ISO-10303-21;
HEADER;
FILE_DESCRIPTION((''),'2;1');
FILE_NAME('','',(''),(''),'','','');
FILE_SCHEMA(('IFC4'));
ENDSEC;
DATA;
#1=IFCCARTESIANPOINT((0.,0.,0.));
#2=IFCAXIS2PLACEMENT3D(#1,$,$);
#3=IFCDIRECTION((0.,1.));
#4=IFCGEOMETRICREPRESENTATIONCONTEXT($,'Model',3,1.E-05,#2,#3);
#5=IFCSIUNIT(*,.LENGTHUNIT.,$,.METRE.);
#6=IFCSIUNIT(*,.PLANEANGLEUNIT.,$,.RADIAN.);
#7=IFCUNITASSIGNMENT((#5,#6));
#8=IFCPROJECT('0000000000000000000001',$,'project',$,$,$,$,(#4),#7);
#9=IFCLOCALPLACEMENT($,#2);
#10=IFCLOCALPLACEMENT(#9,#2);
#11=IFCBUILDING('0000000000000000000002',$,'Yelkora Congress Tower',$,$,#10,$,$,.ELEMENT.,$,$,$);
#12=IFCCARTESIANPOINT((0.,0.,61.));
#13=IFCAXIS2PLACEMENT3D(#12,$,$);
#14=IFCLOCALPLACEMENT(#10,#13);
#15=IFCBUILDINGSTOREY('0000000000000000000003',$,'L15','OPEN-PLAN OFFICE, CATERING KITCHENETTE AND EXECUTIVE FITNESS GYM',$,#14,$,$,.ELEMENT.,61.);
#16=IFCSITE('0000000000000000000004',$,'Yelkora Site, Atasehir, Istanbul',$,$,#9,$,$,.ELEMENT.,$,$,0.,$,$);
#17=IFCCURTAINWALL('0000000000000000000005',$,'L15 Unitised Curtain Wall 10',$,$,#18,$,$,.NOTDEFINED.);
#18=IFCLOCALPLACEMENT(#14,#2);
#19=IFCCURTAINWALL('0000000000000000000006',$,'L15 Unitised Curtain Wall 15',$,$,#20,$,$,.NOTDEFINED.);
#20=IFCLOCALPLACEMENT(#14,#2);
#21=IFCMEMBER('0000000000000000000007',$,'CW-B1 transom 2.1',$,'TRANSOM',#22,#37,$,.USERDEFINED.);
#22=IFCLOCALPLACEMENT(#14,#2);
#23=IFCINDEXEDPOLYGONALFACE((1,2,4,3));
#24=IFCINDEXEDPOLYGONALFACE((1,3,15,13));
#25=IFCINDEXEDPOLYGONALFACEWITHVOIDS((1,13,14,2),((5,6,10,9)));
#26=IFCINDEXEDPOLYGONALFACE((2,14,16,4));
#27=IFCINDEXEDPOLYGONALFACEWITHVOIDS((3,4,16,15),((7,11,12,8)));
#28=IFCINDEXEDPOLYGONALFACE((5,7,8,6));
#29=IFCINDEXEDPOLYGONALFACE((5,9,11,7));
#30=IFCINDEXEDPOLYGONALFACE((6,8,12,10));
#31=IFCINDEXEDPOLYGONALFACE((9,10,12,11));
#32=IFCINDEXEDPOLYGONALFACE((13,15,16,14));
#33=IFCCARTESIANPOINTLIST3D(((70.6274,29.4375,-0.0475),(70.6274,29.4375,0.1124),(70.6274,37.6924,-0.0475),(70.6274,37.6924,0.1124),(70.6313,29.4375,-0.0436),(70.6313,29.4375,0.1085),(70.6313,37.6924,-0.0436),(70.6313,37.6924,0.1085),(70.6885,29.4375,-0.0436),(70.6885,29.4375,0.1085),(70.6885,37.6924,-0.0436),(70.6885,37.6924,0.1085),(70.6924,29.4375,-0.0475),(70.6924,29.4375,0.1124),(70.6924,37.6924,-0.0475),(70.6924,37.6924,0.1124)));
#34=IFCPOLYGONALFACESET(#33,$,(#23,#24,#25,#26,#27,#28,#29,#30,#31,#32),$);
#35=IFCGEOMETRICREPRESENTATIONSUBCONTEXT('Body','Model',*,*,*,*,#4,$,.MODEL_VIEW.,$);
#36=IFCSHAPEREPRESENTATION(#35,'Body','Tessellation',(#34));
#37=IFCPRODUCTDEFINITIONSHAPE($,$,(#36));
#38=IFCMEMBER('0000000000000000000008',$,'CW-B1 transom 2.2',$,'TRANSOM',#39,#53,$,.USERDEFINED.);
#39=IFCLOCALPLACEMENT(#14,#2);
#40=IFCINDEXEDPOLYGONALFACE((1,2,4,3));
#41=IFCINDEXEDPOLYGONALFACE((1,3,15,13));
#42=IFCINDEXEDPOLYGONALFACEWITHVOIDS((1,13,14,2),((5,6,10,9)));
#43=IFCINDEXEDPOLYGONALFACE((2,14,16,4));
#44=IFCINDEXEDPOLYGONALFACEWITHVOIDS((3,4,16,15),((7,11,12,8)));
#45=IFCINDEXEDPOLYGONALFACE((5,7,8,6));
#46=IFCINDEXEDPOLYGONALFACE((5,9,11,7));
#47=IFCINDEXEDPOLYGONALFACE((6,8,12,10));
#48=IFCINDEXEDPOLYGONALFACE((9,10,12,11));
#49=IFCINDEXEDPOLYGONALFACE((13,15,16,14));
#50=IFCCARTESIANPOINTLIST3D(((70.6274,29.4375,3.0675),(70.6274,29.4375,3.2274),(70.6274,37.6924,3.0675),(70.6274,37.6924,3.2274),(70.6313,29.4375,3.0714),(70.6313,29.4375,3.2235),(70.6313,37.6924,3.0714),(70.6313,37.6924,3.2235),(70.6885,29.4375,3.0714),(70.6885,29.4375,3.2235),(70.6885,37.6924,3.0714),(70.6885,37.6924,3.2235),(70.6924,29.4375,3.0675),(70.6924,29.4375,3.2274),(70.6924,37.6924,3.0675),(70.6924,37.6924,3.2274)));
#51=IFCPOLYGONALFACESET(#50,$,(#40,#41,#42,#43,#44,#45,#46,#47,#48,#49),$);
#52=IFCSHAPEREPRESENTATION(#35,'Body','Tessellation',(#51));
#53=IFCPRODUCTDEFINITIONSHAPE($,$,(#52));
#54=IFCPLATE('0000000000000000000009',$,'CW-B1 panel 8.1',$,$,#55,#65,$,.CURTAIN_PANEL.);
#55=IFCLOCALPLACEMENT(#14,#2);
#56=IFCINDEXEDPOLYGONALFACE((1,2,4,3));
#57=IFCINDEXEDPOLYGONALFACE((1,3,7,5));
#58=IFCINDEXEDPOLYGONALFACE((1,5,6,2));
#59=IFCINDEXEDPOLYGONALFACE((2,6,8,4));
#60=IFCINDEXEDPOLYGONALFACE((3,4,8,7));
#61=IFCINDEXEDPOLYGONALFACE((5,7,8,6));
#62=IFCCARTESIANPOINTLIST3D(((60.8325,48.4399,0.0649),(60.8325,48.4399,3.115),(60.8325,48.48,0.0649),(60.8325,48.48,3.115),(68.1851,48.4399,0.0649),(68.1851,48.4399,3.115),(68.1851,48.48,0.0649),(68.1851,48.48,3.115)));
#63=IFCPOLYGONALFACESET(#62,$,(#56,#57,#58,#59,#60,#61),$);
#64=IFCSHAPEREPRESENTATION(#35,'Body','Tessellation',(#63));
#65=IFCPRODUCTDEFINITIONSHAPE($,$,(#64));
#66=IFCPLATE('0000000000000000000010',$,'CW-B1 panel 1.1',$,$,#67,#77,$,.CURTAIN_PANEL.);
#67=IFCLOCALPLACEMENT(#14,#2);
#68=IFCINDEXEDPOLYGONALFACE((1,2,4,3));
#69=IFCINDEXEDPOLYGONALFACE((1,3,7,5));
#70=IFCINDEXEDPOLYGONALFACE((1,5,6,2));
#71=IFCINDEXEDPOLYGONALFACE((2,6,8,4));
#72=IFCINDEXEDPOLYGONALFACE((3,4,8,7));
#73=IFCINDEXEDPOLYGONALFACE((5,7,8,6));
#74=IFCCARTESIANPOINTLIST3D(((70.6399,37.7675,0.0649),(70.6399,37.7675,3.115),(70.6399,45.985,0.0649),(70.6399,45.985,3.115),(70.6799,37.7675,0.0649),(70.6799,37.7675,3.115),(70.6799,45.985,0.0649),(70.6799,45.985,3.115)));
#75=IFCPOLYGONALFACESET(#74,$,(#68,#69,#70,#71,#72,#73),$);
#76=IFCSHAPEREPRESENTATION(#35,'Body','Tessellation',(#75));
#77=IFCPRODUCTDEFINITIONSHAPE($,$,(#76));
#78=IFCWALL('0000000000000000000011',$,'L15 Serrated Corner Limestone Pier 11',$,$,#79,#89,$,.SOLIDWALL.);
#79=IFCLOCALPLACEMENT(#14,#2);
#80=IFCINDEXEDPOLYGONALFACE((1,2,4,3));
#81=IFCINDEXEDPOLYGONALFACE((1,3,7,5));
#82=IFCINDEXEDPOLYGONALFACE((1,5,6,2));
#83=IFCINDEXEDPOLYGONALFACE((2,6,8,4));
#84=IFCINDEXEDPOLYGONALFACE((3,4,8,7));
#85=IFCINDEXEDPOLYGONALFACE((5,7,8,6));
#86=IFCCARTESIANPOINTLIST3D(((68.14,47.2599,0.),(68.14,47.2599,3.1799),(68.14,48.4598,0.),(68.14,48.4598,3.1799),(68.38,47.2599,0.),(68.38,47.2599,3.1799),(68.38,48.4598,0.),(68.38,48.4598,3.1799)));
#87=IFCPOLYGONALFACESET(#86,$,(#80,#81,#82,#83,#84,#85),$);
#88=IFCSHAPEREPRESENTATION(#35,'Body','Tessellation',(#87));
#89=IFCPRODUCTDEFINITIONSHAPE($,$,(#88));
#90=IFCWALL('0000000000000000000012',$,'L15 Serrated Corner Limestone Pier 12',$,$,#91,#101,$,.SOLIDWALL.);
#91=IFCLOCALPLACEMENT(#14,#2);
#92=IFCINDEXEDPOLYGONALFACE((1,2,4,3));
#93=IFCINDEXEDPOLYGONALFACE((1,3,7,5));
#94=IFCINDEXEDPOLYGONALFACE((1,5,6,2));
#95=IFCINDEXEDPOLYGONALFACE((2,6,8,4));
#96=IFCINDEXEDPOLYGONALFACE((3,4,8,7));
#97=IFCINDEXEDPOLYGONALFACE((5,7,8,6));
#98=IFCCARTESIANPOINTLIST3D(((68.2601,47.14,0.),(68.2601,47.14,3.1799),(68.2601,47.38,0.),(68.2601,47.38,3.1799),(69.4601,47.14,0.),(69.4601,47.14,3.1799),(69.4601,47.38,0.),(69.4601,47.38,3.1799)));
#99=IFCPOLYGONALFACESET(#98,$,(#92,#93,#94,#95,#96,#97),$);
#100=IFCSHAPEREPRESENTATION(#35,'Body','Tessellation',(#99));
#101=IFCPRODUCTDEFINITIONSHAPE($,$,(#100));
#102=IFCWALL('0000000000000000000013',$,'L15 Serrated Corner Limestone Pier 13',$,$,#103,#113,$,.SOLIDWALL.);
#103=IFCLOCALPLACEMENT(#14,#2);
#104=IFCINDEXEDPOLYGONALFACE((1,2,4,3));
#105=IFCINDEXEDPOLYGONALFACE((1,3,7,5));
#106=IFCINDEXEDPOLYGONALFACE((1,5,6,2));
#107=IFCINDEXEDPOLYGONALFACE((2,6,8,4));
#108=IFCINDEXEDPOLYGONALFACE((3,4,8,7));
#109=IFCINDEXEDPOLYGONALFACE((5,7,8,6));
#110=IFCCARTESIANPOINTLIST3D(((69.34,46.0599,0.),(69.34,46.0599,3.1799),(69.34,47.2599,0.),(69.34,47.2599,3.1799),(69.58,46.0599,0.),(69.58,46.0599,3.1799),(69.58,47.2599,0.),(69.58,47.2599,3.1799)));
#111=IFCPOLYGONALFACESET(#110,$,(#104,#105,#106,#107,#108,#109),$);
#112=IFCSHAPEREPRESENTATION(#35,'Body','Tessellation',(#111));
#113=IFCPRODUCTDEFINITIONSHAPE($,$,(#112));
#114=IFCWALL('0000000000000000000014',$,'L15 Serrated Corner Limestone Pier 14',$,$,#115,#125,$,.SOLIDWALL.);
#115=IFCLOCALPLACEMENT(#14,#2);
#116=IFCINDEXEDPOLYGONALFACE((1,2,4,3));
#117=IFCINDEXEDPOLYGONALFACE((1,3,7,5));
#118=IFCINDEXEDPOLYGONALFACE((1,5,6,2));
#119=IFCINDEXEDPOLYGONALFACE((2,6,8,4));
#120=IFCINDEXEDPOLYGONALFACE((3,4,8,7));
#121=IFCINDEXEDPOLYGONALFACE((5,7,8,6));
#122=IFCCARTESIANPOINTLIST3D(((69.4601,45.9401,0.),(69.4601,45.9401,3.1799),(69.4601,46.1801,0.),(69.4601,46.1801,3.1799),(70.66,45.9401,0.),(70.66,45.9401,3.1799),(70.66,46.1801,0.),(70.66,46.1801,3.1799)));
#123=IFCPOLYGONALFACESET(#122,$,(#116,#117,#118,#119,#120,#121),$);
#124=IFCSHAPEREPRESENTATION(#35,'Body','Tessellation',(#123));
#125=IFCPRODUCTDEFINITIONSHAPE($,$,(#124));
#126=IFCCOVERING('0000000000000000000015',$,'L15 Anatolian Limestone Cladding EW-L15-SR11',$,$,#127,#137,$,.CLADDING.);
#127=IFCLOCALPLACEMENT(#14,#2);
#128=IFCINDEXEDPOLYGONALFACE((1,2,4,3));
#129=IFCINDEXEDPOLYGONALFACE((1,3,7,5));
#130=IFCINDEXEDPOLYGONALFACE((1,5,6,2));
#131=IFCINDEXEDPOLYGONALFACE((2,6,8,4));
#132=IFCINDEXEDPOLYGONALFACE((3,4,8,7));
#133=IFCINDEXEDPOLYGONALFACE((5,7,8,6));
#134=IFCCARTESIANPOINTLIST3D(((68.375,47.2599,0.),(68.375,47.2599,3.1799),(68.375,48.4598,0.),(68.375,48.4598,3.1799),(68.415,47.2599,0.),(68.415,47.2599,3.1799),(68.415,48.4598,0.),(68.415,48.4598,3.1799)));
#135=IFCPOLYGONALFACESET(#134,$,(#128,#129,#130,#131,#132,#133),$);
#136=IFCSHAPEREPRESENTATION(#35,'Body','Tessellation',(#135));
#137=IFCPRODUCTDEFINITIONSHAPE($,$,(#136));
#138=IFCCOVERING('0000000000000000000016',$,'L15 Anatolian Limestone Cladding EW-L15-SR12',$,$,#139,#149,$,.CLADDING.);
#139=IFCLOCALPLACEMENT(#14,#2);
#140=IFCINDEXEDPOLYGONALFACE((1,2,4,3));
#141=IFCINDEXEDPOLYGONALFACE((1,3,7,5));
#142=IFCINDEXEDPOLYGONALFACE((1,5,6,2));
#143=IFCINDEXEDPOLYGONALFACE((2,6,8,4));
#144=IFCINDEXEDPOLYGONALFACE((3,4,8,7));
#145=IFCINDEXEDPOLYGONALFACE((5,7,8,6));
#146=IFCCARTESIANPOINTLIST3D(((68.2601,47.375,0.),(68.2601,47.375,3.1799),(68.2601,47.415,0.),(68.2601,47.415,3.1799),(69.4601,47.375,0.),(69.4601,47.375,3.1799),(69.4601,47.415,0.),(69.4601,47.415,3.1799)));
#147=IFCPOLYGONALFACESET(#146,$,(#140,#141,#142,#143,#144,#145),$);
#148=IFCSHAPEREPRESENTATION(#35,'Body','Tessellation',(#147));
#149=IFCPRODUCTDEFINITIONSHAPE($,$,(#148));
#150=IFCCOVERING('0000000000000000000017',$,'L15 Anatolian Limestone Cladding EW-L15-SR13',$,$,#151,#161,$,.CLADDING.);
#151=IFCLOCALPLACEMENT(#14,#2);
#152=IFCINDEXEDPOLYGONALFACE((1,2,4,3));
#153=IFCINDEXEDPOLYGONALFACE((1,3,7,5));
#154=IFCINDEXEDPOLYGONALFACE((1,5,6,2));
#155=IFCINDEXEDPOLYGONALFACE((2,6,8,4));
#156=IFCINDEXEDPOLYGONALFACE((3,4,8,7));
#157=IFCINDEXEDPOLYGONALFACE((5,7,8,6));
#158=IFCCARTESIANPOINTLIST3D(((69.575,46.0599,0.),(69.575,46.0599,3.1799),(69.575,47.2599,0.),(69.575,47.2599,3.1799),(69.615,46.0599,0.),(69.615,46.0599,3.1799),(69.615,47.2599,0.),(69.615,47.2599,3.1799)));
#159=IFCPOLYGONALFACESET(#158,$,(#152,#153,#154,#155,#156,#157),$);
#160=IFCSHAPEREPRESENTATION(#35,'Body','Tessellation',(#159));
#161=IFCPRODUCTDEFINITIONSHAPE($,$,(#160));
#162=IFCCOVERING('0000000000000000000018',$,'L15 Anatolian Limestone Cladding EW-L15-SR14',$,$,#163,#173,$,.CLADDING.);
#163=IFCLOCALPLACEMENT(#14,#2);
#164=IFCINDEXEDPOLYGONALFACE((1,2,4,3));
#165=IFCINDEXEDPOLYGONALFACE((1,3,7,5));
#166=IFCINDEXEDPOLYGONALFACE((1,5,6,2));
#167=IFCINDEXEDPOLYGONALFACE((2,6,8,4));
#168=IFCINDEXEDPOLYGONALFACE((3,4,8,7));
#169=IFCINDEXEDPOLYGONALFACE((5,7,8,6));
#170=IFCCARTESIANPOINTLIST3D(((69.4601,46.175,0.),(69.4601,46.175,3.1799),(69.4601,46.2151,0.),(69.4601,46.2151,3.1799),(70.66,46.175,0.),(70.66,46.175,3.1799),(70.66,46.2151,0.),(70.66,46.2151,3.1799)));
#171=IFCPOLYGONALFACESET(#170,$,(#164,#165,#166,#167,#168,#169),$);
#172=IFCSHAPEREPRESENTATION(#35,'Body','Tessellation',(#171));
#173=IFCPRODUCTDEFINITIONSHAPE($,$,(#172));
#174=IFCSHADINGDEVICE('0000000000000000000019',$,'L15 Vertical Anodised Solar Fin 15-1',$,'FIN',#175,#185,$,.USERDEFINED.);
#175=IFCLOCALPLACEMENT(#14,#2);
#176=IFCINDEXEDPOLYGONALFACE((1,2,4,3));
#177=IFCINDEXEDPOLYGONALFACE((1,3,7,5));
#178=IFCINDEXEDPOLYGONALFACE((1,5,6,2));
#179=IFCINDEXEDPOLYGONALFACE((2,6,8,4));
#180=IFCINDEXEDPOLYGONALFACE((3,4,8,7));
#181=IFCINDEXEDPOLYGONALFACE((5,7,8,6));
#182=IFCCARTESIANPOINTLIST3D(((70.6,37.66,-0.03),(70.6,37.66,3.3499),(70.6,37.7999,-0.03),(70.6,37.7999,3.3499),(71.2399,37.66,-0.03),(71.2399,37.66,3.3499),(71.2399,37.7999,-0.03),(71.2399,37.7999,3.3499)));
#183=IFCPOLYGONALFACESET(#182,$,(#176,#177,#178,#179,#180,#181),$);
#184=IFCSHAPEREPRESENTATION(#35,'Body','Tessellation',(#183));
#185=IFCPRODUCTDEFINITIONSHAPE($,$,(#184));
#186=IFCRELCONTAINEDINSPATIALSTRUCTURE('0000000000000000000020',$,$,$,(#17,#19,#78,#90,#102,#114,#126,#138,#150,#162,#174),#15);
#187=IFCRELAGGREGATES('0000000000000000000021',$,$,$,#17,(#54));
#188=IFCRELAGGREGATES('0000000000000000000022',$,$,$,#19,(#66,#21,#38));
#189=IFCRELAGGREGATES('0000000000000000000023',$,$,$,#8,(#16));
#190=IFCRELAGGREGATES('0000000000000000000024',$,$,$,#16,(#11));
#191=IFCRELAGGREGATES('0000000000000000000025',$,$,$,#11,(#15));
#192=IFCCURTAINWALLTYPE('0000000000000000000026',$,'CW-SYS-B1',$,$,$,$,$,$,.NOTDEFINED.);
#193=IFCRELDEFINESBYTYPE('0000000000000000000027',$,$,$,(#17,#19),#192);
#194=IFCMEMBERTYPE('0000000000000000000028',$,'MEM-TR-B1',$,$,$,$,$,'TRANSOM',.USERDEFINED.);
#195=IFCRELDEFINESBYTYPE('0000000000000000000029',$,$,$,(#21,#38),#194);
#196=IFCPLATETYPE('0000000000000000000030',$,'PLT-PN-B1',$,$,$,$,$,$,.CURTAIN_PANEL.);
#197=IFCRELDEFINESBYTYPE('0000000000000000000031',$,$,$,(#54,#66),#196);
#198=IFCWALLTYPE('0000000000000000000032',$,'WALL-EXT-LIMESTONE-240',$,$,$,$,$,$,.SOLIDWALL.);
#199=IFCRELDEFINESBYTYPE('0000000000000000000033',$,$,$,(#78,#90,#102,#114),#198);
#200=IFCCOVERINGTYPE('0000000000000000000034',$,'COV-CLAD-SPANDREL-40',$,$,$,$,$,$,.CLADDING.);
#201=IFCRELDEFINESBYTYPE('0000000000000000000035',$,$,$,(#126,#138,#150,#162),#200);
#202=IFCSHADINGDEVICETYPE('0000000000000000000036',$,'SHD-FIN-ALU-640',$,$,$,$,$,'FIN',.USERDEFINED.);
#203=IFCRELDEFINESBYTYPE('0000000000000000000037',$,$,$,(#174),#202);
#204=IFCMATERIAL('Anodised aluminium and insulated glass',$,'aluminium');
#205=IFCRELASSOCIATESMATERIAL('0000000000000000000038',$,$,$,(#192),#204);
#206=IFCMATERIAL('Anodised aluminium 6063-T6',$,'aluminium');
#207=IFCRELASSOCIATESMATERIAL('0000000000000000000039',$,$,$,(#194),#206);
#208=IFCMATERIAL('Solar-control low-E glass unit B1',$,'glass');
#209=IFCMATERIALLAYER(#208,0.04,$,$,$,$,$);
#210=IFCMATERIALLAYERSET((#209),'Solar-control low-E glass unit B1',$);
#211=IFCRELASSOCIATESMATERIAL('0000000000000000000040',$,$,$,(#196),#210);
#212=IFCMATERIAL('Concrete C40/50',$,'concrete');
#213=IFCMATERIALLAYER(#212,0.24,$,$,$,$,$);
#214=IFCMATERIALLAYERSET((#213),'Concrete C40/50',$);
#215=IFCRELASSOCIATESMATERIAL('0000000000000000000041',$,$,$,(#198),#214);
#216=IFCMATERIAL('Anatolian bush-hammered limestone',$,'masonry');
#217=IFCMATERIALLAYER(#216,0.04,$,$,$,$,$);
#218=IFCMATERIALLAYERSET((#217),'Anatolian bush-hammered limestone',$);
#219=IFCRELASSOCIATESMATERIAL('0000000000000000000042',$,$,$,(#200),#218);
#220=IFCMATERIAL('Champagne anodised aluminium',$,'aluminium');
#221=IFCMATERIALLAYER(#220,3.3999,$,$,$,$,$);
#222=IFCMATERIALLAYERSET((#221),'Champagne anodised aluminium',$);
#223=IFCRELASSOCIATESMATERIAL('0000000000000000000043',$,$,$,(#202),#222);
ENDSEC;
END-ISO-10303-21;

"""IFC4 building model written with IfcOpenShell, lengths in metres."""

from ifc_helpers import new_model, si_unit, direction, frame, frame_2d, origin, origin_2d, place, context, subcontext, project, spatial, rectangle, hollow_rectangle, extrude, material, layer, layer_set, material_profile, profile_set, type_object, element, aggregate, save


model = new_model("IFC4")

# Units and contexts
model_context = context("Model", 3, precision=1e-05, world=origin(), true_north=direction((0.0, 1.0)))
body_context = subcontext(model_context, "Body", "Model", "MODEL_VIEW")
ifc_project = project(units=[si_unit("LENGTHUNIT", "METRE"), si_unit("PLANEANGLEUNIT", "RADIAN")], contexts=[model_context])

# Site, building, storey
site_placement = place(None, origin())
site = spatial("IfcSite", under=ifc_project, at=site_placement, Name="Yelkora Site, Atasehir, Istanbul", CompositionType="ELEMENT", RefElevation=0.0)
building_placement = place(site_placement, origin())
building = spatial("IfcBuilding", under=site, at=building_placement, Name="Yelkora Congress Tower", CompositionType="ELEMENT")
storey_placement = place(building_placement, frame((0.0, 0.0, 61.0)))
storey = spatial("IfcBuildingStorey", under=building, at=storey_placement, Name="L15", Description="OPEN-PLAN OFFICE, CATERING KITCHENETTE AND EXECUTIVE FITNESS GYM", CompositionType="ELEMENT", Elevation=61.0)

# Curtain wall
ifc_material_1 = material(Name="Anodised aluminium and insulated glass", Category="aluminium")
curtain_wall_type = type_object("IfcCurtainWallType", Name="CW-SYS-B1", PredefinedType="NOTDEFINED", material=ifc_material_1)
curtain_wall_1_placement = place(storey_placement, origin())
curtain_wall_1 = element("IfcCurtainWall", 1, at=curtain_wall_1_placement, inside=storey, type_object=curtain_wall_type, Name="L15 Unitised Curtain Wall 10", PredefinedType="NOTDEFINED")
ifc_material_2 = material(Name="Anodised aluminium 6063-T6", Category="aluminium")

# Curtain wall, members
curtain_wall_2_placement = place(storey_placement, origin())
curtain_wall_2 = element("IfcCurtainWall", 2, at=curtain_wall_2_placement, inside=storey, type_object=curtain_wall_type, Name="L15 Unitised Curtain Wall 15", PredefinedType="NOTDEFINED")
ifc_material_profile_1 = material_profile(ifc_material_2, hollow_rectangle(XDim=0.0649, YDim=0.1599, WallThickness=0.0039, at=origin_2d()), Name="ALU 65x160x4")
ifc_profile_set_1 = profile_set([ifc_material_profile_1], Name="Anodised aluminium 6063-T6")
member_type_1 = type_object("IfcMemberType", Name="MEM-TR-B1", ElementType="TRANSOM", PredefinedType="USERDEFINED", material=ifc_profile_set_1)
member_1_placement = place(storey_placement, frame((70.6599, 37.6924, 0.0325), z_axis=(0.0, -1.0, 0.0), x_axis=(1.0, 0.0, 0.0)))
member_1 = element("IfcMember", 3, at=member_1_placement, type_object=member_type_1, Name="CW-B1 transom 2.1", ObjectType="TRANSOM", PredefinedType="USERDEFINED", context=body_context, shape_type="SweptSolid", body=[
    extrude(hollow_rectangle(XDim=0.0649, YDim=0.1599, WallThickness=0.0039, at=origin_2d()), origin(), (0.0, 0.0, 1.0), 8.2549),
])
member_2_placement = place(storey_placement, frame((70.6599, 37.6924, 3.1475), z_axis=(0.0, -1.0, 0.0), x_axis=(1.0, 0.0, 0.0)))
member_2 = element("IfcMember", 4, at=member_2_placement, type_object=member_type_1, Name="CW-B1 transom 2.2", ObjectType="TRANSOM", PredefinedType="USERDEFINED", context=body_context, shape_type="SweptSolid", body=[
    extrude(hollow_rectangle(XDim=0.0649, YDim=0.1599, WallThickness=0.0039, at=origin_2d()), origin(), (0.0, 0.0, 1.0), 8.2549),
])

# Plates
ifc_material_3 = material(Name="Solar-control low-E glass unit B1", Category="glass")
ifc_layer_1 = layer(ifc_material_3, 0.04)
ifc_layer_set_1 = layer_set([ifc_layer_1], Name="Solar-control low-E glass unit B1")
plate_type = type_object("IfcPlateType", Name="PLT-PN-B1", PredefinedType="CURTAIN_PANEL", material=ifc_layer_set_1)
plate_1_placement = place(storey_placement, frame((64.5088, 48.46, 0.0649), z_axis=(0.0, 0.0, 1.0), x_axis=(1.0, 0.0, 0.0)))
plate_1 = element("IfcPlate", 5, at=plate_1_placement, type_object=plate_type, Name="CW-B1 panel 8.1", PredefinedType="CURTAIN_PANEL", context=body_context, shape_type="SweptSolid", body=[
    extrude(rectangle(XDim=7.3525, YDim=0.04, at=origin_2d()), origin(), (0.0, 0.0, 1.0), 3.05),
])
aggregate(curtain_wall_1, [plate_1])
plate_2_placement = place(storey_placement, frame((70.6599, 41.8762, 0.0649), z_axis=(0.0, 0.0, 1.0), x_axis=(0.0, -1.0, 0.0)))
plate_2 = element("IfcPlate", 6, at=plate_2_placement, type_object=plate_type, Name="CW-B1 panel 1.1", PredefinedType="CURTAIN_PANEL", context=body_context, shape_type="SweptSolid", body=[
    extrude(rectangle(XDim=8.2175, YDim=0.04, at=origin_2d()), origin(), (0.0, 0.0, 1.0), 3.05),
])
aggregate(curtain_wall_2, [plate_2, member_1, member_2])

# Walls
ifc_material_4 = material(Name="Concrete C40/50", Category="concrete")
ifc_layer_2 = layer(ifc_material_4, 0.24)
ifc_layer_set_2 = layer_set([ifc_layer_2], Name="Concrete C40/50")
wall_type = type_object("IfcWallType", Name="WALL-EXT-LIMESTONE-240", PredefinedType="SOLIDWALL", material=ifc_layer_set_2)
for number, where, z_axis, x_axis, name in (
    (7, (68.26, 48.46, 0.0), (0.0, 0.0, 1.0), (0.0, -1.0, 0.0), "L15 Serrated Corner Limestone Pier 11"),
    (8, (68.26, 47.26, 0.0), (0.0, 0.0, 1.0), (1.0, 0.0, 0.0), "L15 Serrated Corner Limestone Pier 12"),
    (9, (69.46, 47.26, 0.0), (0.0, 0.0, 1.0), (0.0, -1.0, 0.0), "L15 Serrated Corner Limestone Pier 13"),
    (10, (69.46, 46.0601, 0.0), (0.0, 0.0, 1.0), (1.0, 0.0, 0.0), "L15 Serrated Corner Limestone Pier 14"),
):
    element("IfcWall", number, at=place(storey_placement, frame(where, z_axis=z_axis, x_axis=x_axis)), inside=storey, type_object=wall_type, Name=name, PredefinedType="SOLIDWALL", context=body_context, shape_type="SweptSolid", body=[
        extrude(rectangle(XDim=1.2, YDim=0.24, at=frame_2d((0.6001, 0.0))), origin(), (0.0, 0.0, 1.0), 3.1799),
    ])

# Coverings
ifc_material_5 = material(Name="Anatolian bush-hammered limestone", Category="masonry")
ifc_layer_3 = layer(ifc_material_5, 0.04)
ifc_layer_set_3 = layer_set([ifc_layer_3], Name="Anatolian bush-hammered limestone")
covering_type = type_object("IfcCoveringType", Name="COV-CLAD-SPANDREL-40", PredefinedType="CLADDING", material=ifc_layer_set_3)
for number, where, z_axis, x_axis, name in (
    (11, (68.395, 48.46, 0.0), (0.0, 0.0, 1.0), (0.0, -1.0, 0.0), "L15 Anatolian Limestone Cladding EW-L15-SR11"),
    (12, (68.26, 47.395, 0.0), (0.0, 0.0, 1.0), (1.0, 0.0, 0.0), "L15 Anatolian Limestone Cladding EW-L15-SR12"),
    (13, (69.595, 47.26, 0.0), (0.0, 0.0, 1.0), (0.0, -1.0, 0.0), "L15 Anatolian Limestone Cladding EW-L15-SR13"),
    (14, (69.46, 46.1951, 0.0), (0.0, 0.0, 1.0), (1.0, 0.0, 0.0), "L15 Anatolian Limestone Cladding EW-L15-SR14"),
):
    element("IfcCovering", number, at=place(storey_placement, frame(where, z_axis=z_axis, x_axis=x_axis)), inside=storey, type_object=covering_type, Name=name, PredefinedType="CLADDING", context=body_context, shape_type="SweptSolid", body=[
        extrude(rectangle(XDim=1.2, YDim=0.04, at=frame_2d((0.6001, 0.0))), origin(), (0.0, 0.0, 1.0), 3.1799),
    ])

# Shading device
ifc_material_6 = material(Name="Champagne anodised aluminium", Category="aluminium")
ifc_layer_4 = layer(ifc_material_6, 3.3999)
ifc_layer_set_4 = layer_set([ifc_layer_4], Name="Champagne anodised aluminium")
shading_device_type = type_object("IfcShadingDeviceType", Name="SHD-FIN-ALU-640", ElementType="FIN", PredefinedType="USERDEFINED", material=ifc_layer_set_4)
shading_device_placement = place(storey_placement, frame((70.9199, 37.73, -0.03), z_axis=(0.0, 0.0, 1.0), x_axis=(0.0, -1.0, 0.0)))
element("IfcShadingDevice", 15, at=shading_device_placement, inside=storey, type_object=shading_device_type, Name="L15 Vertical Anodised Solar Fin 15-1", ObjectType="FIN", PredefinedType="USERDEFINED", context=body_context, shape_type="SweptSolid", body=[
    extrude(rectangle(XDim=0.1399, YDim=0.6399, at=origin_2d()), origin(), (0.0, 0.0, 1.0), 3.3799),
])

save(model, "model.ifc")
